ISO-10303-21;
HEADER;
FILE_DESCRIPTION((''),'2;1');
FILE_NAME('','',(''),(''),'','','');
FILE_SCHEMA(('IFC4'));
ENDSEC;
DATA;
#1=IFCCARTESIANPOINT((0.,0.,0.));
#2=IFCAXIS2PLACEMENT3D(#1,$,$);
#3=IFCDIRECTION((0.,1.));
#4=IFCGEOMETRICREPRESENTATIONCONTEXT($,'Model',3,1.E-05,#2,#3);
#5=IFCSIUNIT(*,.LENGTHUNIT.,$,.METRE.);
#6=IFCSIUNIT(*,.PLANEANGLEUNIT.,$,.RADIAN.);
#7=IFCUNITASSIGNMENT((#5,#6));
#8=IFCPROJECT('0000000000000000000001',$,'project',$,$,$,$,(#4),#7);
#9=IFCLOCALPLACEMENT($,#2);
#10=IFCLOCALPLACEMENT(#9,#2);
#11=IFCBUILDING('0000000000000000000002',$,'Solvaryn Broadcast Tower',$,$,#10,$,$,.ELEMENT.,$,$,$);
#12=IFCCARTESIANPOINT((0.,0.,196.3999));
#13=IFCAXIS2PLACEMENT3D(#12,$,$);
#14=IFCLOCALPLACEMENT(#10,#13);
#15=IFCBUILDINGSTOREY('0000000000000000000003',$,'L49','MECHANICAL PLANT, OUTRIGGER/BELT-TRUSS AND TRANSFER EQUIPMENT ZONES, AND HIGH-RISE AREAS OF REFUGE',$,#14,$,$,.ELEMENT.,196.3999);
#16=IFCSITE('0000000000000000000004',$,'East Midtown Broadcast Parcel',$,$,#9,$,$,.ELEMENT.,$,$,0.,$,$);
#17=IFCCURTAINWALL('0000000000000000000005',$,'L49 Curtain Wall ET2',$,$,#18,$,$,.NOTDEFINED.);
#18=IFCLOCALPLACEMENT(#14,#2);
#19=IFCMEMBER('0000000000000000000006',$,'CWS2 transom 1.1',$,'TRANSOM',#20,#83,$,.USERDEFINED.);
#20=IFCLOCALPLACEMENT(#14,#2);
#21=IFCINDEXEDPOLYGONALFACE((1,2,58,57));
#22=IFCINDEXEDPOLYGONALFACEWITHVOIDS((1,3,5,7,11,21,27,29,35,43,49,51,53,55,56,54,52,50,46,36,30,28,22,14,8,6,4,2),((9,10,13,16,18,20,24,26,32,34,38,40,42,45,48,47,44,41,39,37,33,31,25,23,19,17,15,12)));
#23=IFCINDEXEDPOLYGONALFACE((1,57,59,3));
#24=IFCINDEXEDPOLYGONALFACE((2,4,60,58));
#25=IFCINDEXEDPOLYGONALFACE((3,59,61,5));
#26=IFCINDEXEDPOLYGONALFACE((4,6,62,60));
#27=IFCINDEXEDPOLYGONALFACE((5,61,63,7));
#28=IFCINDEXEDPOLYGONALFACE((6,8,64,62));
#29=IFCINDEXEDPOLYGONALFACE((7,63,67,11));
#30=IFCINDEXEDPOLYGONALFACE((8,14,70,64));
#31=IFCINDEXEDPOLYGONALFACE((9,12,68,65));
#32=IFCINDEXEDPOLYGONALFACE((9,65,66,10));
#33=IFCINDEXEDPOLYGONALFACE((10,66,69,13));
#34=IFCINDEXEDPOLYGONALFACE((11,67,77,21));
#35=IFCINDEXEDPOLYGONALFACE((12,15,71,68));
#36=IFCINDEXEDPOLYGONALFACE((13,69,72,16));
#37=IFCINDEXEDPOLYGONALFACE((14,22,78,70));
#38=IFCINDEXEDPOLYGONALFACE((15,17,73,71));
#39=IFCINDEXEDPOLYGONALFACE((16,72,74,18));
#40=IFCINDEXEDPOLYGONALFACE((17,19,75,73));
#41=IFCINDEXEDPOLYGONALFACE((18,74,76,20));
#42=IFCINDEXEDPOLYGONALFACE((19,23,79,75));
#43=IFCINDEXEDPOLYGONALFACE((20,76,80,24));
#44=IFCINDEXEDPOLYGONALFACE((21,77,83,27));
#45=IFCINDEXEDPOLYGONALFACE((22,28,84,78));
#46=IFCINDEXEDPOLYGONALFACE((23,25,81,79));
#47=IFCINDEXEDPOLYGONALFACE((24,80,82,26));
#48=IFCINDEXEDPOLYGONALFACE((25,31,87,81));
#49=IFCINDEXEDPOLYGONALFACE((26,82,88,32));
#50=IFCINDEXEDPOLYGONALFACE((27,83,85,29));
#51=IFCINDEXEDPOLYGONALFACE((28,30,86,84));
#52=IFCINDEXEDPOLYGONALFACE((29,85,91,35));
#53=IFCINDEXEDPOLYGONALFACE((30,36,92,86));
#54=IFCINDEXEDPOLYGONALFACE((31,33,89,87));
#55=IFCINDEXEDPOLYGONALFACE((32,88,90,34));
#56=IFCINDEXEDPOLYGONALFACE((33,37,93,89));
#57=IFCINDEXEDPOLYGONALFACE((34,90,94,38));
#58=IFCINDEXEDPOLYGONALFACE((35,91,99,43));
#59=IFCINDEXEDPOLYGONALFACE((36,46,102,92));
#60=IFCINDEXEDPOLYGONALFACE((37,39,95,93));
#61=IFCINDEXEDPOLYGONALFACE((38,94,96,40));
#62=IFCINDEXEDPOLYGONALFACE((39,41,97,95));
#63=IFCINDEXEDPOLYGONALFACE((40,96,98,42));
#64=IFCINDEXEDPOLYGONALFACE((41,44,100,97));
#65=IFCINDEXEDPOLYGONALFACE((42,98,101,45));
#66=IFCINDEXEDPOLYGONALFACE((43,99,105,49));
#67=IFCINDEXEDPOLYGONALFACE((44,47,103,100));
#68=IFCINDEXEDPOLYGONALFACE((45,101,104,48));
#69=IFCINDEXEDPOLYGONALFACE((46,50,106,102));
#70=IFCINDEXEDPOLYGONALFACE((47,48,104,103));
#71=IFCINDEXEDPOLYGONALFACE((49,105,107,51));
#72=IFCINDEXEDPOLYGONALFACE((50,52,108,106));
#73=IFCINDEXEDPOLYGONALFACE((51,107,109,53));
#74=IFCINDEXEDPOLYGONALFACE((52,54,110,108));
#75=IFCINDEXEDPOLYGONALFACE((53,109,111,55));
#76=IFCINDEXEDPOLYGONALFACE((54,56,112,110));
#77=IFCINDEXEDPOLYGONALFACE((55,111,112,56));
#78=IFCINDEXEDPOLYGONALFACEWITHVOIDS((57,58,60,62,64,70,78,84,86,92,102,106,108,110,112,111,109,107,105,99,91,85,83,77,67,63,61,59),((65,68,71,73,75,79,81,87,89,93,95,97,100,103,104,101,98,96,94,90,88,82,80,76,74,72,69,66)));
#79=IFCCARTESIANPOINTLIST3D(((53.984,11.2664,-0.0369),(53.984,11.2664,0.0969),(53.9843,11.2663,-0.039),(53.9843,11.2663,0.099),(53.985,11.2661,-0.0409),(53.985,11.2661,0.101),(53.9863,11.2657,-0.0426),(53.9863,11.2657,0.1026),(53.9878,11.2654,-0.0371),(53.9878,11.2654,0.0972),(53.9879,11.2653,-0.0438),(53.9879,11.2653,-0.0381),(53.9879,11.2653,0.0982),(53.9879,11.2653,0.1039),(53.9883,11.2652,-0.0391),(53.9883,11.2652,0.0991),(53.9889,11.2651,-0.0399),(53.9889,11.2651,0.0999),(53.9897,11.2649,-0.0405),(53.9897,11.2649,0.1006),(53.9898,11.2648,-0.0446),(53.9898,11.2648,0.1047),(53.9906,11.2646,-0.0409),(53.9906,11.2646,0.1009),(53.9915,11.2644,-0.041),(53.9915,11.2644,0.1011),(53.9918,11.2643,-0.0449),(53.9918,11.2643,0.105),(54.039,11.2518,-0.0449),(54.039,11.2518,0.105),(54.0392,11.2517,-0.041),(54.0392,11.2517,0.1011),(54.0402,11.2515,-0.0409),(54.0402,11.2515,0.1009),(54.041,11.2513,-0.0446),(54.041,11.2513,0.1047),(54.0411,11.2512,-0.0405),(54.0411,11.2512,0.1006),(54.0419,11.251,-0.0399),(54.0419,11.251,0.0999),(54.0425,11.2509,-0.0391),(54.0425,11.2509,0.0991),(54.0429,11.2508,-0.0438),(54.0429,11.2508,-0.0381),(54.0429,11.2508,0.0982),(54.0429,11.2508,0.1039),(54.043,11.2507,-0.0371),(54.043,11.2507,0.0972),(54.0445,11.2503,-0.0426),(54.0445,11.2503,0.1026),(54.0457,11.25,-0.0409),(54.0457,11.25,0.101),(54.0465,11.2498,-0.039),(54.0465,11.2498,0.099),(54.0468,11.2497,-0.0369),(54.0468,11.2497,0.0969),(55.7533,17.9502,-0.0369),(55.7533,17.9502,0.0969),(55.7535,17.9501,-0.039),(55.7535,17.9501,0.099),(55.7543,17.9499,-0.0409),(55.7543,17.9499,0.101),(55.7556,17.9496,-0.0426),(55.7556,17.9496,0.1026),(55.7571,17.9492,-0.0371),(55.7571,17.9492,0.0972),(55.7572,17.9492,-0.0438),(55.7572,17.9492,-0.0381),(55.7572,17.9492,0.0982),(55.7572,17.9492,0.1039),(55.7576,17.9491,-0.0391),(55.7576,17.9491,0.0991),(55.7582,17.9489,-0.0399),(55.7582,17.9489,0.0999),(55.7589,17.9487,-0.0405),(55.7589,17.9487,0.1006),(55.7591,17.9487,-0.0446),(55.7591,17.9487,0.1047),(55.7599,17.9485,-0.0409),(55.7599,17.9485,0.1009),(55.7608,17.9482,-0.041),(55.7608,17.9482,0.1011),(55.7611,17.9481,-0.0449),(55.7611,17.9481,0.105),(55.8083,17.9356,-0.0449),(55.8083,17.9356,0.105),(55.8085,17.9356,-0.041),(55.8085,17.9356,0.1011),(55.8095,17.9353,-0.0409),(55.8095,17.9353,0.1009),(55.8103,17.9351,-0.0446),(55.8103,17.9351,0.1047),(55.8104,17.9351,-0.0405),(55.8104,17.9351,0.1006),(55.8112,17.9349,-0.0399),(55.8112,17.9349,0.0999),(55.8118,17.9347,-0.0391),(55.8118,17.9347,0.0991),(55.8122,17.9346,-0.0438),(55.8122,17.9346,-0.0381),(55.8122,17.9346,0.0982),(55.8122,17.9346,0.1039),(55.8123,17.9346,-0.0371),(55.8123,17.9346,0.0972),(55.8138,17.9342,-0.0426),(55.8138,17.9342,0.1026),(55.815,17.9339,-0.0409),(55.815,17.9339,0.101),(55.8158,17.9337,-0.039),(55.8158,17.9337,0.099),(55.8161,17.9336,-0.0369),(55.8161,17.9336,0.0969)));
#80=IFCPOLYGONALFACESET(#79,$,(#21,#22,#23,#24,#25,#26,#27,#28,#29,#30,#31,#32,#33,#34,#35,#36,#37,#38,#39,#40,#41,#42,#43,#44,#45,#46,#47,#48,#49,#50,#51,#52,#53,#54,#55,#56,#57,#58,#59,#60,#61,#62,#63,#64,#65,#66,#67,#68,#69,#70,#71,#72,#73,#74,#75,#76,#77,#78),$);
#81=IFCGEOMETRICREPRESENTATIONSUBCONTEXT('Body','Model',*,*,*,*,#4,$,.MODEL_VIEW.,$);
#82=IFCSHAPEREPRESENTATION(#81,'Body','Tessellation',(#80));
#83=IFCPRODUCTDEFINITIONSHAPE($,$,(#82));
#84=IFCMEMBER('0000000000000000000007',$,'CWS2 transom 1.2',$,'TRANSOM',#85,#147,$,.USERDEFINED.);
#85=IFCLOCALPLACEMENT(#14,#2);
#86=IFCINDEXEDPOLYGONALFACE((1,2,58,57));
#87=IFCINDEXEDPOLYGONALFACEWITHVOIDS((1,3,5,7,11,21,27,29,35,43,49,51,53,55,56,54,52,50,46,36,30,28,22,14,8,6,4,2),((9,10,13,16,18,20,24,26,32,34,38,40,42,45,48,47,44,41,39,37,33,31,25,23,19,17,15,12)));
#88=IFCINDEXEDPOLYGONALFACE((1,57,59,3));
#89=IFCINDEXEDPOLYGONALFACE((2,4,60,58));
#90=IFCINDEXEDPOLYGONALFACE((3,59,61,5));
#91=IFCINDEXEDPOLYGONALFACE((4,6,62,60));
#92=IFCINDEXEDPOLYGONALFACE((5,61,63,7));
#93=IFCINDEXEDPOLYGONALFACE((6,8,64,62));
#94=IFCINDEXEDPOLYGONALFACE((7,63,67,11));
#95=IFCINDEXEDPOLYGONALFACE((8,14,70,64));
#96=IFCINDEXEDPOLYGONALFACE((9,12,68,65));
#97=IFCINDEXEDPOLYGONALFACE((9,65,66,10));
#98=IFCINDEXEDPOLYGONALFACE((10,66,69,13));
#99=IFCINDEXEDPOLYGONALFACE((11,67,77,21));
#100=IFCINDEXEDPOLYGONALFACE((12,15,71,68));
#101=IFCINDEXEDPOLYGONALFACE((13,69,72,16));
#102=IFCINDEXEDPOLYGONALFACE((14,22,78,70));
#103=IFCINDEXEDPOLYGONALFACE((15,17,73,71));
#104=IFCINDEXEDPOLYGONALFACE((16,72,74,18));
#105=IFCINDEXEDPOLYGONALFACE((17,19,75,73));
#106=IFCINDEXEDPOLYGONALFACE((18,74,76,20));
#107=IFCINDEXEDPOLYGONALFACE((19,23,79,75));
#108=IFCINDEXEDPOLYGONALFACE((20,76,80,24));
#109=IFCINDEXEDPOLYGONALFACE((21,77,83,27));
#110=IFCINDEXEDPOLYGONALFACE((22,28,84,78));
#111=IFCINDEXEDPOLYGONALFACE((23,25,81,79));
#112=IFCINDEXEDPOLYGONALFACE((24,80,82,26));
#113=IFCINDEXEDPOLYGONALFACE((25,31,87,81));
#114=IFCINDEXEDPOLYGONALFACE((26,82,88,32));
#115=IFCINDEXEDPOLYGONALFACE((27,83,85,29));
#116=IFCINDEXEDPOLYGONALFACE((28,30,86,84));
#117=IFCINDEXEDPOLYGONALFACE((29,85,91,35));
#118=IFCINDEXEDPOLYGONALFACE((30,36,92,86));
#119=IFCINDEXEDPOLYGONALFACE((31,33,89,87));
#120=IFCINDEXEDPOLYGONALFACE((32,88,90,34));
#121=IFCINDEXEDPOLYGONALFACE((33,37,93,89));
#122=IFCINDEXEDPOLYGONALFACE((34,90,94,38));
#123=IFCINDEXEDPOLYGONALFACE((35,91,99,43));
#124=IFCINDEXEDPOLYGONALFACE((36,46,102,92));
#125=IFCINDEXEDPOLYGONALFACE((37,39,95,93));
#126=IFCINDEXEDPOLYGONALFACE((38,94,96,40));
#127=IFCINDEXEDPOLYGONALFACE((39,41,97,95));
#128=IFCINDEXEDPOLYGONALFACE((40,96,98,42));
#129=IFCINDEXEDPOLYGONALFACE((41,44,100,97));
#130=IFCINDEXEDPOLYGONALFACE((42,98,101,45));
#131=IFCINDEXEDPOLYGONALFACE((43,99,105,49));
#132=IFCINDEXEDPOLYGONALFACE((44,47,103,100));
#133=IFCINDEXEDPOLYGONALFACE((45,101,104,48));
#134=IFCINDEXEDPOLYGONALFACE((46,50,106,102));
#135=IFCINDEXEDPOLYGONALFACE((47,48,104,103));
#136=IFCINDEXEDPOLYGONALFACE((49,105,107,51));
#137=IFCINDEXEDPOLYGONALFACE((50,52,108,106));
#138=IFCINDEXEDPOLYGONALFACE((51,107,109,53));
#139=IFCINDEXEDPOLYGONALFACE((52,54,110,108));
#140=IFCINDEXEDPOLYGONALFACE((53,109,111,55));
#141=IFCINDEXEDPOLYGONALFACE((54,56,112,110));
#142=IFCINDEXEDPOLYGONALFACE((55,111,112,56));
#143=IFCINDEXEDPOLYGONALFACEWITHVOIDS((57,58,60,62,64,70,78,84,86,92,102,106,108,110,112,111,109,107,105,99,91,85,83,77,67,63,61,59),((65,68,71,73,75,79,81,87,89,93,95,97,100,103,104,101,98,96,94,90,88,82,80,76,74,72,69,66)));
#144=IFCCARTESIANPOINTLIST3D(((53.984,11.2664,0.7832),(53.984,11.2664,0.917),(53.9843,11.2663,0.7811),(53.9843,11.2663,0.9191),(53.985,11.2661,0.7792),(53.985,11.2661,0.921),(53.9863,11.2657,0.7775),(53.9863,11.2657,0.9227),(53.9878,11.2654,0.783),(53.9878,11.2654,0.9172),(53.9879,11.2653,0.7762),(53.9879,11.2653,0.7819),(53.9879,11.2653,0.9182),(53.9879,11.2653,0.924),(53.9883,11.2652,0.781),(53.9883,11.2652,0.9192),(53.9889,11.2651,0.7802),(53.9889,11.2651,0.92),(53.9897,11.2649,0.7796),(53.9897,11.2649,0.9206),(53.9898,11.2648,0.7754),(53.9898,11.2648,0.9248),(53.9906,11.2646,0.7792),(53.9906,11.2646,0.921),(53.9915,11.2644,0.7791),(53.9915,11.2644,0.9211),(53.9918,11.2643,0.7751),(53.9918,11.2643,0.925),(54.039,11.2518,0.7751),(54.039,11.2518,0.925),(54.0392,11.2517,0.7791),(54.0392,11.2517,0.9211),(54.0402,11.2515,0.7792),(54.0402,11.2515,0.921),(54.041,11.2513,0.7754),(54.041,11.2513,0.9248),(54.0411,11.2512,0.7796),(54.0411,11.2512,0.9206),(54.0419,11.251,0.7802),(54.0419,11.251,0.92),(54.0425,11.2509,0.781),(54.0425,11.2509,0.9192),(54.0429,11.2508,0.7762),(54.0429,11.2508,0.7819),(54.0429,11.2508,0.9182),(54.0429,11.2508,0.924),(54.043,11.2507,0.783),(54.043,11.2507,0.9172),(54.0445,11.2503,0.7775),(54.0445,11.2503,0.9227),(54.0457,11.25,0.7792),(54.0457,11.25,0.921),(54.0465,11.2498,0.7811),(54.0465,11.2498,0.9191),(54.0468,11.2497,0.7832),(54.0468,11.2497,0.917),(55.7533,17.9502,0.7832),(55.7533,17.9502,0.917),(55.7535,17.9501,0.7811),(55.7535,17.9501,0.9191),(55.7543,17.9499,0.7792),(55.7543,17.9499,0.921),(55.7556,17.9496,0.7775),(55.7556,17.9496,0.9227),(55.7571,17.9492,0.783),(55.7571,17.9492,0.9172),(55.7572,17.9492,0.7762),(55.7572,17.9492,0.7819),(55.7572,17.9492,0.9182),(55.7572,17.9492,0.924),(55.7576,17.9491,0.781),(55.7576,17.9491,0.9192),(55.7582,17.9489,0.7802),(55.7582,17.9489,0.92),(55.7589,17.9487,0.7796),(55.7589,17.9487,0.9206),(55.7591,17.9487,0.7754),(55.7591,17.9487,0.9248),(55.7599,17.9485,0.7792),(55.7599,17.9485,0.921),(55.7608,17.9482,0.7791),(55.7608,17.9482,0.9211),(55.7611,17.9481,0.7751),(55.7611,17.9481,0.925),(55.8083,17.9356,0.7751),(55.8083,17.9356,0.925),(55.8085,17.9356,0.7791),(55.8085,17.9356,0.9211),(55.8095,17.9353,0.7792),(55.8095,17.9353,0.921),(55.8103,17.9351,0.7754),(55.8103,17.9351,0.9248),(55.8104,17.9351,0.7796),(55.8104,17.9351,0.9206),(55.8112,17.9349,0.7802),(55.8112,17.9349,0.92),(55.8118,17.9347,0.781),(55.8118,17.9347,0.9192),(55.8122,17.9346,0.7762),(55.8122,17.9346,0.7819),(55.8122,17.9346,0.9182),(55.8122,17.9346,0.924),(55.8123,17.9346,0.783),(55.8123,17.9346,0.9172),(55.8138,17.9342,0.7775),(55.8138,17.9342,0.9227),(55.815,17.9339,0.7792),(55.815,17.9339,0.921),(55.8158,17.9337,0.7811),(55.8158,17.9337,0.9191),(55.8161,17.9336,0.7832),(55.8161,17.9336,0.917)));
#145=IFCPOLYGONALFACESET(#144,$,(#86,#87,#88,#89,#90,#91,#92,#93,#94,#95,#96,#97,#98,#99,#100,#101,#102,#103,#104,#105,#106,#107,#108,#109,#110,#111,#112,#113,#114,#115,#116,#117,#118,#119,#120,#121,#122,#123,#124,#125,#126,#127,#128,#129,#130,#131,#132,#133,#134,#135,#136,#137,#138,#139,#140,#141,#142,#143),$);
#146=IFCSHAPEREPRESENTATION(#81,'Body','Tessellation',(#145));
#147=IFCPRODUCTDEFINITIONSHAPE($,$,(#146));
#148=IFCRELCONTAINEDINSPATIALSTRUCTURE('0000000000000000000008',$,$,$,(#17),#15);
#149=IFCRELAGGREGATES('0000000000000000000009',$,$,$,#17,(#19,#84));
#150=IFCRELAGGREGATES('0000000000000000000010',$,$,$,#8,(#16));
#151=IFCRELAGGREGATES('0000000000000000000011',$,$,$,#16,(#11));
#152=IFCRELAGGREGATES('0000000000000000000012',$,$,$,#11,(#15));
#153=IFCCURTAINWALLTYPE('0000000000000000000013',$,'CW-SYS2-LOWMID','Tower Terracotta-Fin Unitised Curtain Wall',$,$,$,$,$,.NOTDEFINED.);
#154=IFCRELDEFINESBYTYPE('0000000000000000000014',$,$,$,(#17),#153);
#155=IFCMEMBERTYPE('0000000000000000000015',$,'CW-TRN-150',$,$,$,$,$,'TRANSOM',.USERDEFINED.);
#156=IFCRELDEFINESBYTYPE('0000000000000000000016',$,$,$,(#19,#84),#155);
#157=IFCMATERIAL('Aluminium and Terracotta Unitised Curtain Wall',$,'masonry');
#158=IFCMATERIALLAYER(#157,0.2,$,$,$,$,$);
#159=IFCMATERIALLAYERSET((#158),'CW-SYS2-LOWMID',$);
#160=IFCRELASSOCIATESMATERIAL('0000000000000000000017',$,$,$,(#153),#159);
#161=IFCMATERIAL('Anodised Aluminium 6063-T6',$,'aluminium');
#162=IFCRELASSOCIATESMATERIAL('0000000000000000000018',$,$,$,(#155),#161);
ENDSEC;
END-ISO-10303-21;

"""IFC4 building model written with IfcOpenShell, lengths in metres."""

from ifc_helpers import new_model, si_unit, direction, frame, origin, origin_2d, place, context, subcontext, project, spatial, hollow_rectangle, extrude, material, layer, layer_set, material_profile, profile_set, type_object, element, aggregate, save


model = new_model("IFC4")

# Units and contexts
model_context = context("Model", 3, precision=1e-05, world=origin(), true_north=direction((0.0, 1.0)))
body_context = subcontext(model_context, "Body", "Model", "MODEL_VIEW")
ifc_project = project(units=[si_unit("LENGTHUNIT", "METRE"), si_unit("PLANEANGLEUNIT", "RADIAN")], contexts=[model_context])

# Site, building, storey
site_placement = place(None, origin())
site = spatial("IfcSite", under=ifc_project, at=site_placement, Name="East Midtown Broadcast Parcel", CompositionType="ELEMENT", RefElevation=0.0)
building_placement = place(site_placement, origin())
building = spatial("IfcBuilding", under=site, at=building_placement, Name="Solvaryn Broadcast Tower", CompositionType="ELEMENT")
storey_placement = place(building_placement, frame((0.0, 0.0, 196.3999)))
storey = spatial("IfcBuildingStorey", under=building, at=storey_placement, Name="L49", Description="MECHANICAL PLANT, OUTRIGGER/BELT-TRUSS AND TRANSFER EQUIPMENT ZONES, AND HIGH-RISE AREAS OF REFUGE", CompositionType="ELEMENT", Elevation=196.3999)

# Shared definitions
ifc_material_1 = material(Name="Aluminium and Terracotta Unitised Curtain Wall", Category="masonry")
ifc_layer_1 = layer(ifc_material_1, 0.2)
ifc_layer_set_1 = layer_set([ifc_layer_1], Name="CW-SYS2-LOWMID")
curtain_wall_type = type_object("IfcCurtainWallType", Name="CW-SYS2-LOWMID", Description="Tower Terracotta-Fin Unitised Curtain Wall", PredefinedType="NOTDEFINED", material=ifc_layer_set_1)

# Curtain wall
curtain_wall_1_placement = place(storey_placement, origin())
curtain_wall_1 = element("IfcCurtainWall", 1, at=curtain_wall_1_placement, inside=storey, type_object=curtain_wall_type, Name="L49 Curtain Wall ET2", PredefinedType="NOTDEFINED")

# Members
ifc_material_2 = material(Name="Anodised Aluminium 6063-T6", Category="aluminium")
ifc_material_profile_1 = material_profile(ifc_material_2, hollow_rectangle(XDim=0.0649, YDim=0.1499, WallThickness=0.0039, InnerFilletRadius=0.0039, OuterFilletRadius=0.0081, at=origin_2d()))
ifc_profile_set_1 = profile_set([ifc_material_profile_1], Name="Anodised Aluminium 6063-T6")
member_type_1 = type_object("IfcMemberType", Name="CW-TRN-150", ElementType="TRANSOM", PredefinedType="USERDEFINED", material=ifc_profile_set_1)
member_1_placement = place(storey_placement, frame((55.7847, 17.9419, 0.03), z_axis=(-0.255897, -0.966704, 0.0), x_axis=(0.966704, -0.255897, 0.0)))
member_1 = element("IfcMember", 2, at=member_1_placement, type_object=member_type_1, Name="CWS2 transom 1.1", ObjectType="TRANSOM", PredefinedType="USERDEFINED", context=body_context, shape_type="SweptSolid", body=[
    extrude(hollow_rectangle(XDim=0.0649, YDim=0.1499, WallThickness=0.0039, InnerFilletRadius=0.0039, OuterFilletRadius=0.0081, at=origin_2d()), origin(), (0.0, 0.0, 1.0), 6.9141),
])
member_2_placement = place(storey_placement, frame((55.7847, 17.9419, 0.8501), z_axis=(-0.255897, -0.966704, 0.0), x_axis=(0.966704, -0.255897, 0.0)))
member_2 = element("IfcMember", 3, at=member_2_placement, type_object=member_type_1, Name="CWS2 transom 1.2", ObjectType="TRANSOM", PredefinedType="USERDEFINED", context=body_context, shape_type="SweptSolid", body=[
    extrude(hollow_rectangle(XDim=0.0649, YDim=0.1499, WallThickness=0.0039, InnerFilletRadius=0.0039, OuterFilletRadius=0.0081, at=origin_2d()), origin(), (0.0, 0.0, 1.0), 6.9141),
])

aggregate(curtain_wall_1, [member_1, member_2])

save(model, "model.ifc")
